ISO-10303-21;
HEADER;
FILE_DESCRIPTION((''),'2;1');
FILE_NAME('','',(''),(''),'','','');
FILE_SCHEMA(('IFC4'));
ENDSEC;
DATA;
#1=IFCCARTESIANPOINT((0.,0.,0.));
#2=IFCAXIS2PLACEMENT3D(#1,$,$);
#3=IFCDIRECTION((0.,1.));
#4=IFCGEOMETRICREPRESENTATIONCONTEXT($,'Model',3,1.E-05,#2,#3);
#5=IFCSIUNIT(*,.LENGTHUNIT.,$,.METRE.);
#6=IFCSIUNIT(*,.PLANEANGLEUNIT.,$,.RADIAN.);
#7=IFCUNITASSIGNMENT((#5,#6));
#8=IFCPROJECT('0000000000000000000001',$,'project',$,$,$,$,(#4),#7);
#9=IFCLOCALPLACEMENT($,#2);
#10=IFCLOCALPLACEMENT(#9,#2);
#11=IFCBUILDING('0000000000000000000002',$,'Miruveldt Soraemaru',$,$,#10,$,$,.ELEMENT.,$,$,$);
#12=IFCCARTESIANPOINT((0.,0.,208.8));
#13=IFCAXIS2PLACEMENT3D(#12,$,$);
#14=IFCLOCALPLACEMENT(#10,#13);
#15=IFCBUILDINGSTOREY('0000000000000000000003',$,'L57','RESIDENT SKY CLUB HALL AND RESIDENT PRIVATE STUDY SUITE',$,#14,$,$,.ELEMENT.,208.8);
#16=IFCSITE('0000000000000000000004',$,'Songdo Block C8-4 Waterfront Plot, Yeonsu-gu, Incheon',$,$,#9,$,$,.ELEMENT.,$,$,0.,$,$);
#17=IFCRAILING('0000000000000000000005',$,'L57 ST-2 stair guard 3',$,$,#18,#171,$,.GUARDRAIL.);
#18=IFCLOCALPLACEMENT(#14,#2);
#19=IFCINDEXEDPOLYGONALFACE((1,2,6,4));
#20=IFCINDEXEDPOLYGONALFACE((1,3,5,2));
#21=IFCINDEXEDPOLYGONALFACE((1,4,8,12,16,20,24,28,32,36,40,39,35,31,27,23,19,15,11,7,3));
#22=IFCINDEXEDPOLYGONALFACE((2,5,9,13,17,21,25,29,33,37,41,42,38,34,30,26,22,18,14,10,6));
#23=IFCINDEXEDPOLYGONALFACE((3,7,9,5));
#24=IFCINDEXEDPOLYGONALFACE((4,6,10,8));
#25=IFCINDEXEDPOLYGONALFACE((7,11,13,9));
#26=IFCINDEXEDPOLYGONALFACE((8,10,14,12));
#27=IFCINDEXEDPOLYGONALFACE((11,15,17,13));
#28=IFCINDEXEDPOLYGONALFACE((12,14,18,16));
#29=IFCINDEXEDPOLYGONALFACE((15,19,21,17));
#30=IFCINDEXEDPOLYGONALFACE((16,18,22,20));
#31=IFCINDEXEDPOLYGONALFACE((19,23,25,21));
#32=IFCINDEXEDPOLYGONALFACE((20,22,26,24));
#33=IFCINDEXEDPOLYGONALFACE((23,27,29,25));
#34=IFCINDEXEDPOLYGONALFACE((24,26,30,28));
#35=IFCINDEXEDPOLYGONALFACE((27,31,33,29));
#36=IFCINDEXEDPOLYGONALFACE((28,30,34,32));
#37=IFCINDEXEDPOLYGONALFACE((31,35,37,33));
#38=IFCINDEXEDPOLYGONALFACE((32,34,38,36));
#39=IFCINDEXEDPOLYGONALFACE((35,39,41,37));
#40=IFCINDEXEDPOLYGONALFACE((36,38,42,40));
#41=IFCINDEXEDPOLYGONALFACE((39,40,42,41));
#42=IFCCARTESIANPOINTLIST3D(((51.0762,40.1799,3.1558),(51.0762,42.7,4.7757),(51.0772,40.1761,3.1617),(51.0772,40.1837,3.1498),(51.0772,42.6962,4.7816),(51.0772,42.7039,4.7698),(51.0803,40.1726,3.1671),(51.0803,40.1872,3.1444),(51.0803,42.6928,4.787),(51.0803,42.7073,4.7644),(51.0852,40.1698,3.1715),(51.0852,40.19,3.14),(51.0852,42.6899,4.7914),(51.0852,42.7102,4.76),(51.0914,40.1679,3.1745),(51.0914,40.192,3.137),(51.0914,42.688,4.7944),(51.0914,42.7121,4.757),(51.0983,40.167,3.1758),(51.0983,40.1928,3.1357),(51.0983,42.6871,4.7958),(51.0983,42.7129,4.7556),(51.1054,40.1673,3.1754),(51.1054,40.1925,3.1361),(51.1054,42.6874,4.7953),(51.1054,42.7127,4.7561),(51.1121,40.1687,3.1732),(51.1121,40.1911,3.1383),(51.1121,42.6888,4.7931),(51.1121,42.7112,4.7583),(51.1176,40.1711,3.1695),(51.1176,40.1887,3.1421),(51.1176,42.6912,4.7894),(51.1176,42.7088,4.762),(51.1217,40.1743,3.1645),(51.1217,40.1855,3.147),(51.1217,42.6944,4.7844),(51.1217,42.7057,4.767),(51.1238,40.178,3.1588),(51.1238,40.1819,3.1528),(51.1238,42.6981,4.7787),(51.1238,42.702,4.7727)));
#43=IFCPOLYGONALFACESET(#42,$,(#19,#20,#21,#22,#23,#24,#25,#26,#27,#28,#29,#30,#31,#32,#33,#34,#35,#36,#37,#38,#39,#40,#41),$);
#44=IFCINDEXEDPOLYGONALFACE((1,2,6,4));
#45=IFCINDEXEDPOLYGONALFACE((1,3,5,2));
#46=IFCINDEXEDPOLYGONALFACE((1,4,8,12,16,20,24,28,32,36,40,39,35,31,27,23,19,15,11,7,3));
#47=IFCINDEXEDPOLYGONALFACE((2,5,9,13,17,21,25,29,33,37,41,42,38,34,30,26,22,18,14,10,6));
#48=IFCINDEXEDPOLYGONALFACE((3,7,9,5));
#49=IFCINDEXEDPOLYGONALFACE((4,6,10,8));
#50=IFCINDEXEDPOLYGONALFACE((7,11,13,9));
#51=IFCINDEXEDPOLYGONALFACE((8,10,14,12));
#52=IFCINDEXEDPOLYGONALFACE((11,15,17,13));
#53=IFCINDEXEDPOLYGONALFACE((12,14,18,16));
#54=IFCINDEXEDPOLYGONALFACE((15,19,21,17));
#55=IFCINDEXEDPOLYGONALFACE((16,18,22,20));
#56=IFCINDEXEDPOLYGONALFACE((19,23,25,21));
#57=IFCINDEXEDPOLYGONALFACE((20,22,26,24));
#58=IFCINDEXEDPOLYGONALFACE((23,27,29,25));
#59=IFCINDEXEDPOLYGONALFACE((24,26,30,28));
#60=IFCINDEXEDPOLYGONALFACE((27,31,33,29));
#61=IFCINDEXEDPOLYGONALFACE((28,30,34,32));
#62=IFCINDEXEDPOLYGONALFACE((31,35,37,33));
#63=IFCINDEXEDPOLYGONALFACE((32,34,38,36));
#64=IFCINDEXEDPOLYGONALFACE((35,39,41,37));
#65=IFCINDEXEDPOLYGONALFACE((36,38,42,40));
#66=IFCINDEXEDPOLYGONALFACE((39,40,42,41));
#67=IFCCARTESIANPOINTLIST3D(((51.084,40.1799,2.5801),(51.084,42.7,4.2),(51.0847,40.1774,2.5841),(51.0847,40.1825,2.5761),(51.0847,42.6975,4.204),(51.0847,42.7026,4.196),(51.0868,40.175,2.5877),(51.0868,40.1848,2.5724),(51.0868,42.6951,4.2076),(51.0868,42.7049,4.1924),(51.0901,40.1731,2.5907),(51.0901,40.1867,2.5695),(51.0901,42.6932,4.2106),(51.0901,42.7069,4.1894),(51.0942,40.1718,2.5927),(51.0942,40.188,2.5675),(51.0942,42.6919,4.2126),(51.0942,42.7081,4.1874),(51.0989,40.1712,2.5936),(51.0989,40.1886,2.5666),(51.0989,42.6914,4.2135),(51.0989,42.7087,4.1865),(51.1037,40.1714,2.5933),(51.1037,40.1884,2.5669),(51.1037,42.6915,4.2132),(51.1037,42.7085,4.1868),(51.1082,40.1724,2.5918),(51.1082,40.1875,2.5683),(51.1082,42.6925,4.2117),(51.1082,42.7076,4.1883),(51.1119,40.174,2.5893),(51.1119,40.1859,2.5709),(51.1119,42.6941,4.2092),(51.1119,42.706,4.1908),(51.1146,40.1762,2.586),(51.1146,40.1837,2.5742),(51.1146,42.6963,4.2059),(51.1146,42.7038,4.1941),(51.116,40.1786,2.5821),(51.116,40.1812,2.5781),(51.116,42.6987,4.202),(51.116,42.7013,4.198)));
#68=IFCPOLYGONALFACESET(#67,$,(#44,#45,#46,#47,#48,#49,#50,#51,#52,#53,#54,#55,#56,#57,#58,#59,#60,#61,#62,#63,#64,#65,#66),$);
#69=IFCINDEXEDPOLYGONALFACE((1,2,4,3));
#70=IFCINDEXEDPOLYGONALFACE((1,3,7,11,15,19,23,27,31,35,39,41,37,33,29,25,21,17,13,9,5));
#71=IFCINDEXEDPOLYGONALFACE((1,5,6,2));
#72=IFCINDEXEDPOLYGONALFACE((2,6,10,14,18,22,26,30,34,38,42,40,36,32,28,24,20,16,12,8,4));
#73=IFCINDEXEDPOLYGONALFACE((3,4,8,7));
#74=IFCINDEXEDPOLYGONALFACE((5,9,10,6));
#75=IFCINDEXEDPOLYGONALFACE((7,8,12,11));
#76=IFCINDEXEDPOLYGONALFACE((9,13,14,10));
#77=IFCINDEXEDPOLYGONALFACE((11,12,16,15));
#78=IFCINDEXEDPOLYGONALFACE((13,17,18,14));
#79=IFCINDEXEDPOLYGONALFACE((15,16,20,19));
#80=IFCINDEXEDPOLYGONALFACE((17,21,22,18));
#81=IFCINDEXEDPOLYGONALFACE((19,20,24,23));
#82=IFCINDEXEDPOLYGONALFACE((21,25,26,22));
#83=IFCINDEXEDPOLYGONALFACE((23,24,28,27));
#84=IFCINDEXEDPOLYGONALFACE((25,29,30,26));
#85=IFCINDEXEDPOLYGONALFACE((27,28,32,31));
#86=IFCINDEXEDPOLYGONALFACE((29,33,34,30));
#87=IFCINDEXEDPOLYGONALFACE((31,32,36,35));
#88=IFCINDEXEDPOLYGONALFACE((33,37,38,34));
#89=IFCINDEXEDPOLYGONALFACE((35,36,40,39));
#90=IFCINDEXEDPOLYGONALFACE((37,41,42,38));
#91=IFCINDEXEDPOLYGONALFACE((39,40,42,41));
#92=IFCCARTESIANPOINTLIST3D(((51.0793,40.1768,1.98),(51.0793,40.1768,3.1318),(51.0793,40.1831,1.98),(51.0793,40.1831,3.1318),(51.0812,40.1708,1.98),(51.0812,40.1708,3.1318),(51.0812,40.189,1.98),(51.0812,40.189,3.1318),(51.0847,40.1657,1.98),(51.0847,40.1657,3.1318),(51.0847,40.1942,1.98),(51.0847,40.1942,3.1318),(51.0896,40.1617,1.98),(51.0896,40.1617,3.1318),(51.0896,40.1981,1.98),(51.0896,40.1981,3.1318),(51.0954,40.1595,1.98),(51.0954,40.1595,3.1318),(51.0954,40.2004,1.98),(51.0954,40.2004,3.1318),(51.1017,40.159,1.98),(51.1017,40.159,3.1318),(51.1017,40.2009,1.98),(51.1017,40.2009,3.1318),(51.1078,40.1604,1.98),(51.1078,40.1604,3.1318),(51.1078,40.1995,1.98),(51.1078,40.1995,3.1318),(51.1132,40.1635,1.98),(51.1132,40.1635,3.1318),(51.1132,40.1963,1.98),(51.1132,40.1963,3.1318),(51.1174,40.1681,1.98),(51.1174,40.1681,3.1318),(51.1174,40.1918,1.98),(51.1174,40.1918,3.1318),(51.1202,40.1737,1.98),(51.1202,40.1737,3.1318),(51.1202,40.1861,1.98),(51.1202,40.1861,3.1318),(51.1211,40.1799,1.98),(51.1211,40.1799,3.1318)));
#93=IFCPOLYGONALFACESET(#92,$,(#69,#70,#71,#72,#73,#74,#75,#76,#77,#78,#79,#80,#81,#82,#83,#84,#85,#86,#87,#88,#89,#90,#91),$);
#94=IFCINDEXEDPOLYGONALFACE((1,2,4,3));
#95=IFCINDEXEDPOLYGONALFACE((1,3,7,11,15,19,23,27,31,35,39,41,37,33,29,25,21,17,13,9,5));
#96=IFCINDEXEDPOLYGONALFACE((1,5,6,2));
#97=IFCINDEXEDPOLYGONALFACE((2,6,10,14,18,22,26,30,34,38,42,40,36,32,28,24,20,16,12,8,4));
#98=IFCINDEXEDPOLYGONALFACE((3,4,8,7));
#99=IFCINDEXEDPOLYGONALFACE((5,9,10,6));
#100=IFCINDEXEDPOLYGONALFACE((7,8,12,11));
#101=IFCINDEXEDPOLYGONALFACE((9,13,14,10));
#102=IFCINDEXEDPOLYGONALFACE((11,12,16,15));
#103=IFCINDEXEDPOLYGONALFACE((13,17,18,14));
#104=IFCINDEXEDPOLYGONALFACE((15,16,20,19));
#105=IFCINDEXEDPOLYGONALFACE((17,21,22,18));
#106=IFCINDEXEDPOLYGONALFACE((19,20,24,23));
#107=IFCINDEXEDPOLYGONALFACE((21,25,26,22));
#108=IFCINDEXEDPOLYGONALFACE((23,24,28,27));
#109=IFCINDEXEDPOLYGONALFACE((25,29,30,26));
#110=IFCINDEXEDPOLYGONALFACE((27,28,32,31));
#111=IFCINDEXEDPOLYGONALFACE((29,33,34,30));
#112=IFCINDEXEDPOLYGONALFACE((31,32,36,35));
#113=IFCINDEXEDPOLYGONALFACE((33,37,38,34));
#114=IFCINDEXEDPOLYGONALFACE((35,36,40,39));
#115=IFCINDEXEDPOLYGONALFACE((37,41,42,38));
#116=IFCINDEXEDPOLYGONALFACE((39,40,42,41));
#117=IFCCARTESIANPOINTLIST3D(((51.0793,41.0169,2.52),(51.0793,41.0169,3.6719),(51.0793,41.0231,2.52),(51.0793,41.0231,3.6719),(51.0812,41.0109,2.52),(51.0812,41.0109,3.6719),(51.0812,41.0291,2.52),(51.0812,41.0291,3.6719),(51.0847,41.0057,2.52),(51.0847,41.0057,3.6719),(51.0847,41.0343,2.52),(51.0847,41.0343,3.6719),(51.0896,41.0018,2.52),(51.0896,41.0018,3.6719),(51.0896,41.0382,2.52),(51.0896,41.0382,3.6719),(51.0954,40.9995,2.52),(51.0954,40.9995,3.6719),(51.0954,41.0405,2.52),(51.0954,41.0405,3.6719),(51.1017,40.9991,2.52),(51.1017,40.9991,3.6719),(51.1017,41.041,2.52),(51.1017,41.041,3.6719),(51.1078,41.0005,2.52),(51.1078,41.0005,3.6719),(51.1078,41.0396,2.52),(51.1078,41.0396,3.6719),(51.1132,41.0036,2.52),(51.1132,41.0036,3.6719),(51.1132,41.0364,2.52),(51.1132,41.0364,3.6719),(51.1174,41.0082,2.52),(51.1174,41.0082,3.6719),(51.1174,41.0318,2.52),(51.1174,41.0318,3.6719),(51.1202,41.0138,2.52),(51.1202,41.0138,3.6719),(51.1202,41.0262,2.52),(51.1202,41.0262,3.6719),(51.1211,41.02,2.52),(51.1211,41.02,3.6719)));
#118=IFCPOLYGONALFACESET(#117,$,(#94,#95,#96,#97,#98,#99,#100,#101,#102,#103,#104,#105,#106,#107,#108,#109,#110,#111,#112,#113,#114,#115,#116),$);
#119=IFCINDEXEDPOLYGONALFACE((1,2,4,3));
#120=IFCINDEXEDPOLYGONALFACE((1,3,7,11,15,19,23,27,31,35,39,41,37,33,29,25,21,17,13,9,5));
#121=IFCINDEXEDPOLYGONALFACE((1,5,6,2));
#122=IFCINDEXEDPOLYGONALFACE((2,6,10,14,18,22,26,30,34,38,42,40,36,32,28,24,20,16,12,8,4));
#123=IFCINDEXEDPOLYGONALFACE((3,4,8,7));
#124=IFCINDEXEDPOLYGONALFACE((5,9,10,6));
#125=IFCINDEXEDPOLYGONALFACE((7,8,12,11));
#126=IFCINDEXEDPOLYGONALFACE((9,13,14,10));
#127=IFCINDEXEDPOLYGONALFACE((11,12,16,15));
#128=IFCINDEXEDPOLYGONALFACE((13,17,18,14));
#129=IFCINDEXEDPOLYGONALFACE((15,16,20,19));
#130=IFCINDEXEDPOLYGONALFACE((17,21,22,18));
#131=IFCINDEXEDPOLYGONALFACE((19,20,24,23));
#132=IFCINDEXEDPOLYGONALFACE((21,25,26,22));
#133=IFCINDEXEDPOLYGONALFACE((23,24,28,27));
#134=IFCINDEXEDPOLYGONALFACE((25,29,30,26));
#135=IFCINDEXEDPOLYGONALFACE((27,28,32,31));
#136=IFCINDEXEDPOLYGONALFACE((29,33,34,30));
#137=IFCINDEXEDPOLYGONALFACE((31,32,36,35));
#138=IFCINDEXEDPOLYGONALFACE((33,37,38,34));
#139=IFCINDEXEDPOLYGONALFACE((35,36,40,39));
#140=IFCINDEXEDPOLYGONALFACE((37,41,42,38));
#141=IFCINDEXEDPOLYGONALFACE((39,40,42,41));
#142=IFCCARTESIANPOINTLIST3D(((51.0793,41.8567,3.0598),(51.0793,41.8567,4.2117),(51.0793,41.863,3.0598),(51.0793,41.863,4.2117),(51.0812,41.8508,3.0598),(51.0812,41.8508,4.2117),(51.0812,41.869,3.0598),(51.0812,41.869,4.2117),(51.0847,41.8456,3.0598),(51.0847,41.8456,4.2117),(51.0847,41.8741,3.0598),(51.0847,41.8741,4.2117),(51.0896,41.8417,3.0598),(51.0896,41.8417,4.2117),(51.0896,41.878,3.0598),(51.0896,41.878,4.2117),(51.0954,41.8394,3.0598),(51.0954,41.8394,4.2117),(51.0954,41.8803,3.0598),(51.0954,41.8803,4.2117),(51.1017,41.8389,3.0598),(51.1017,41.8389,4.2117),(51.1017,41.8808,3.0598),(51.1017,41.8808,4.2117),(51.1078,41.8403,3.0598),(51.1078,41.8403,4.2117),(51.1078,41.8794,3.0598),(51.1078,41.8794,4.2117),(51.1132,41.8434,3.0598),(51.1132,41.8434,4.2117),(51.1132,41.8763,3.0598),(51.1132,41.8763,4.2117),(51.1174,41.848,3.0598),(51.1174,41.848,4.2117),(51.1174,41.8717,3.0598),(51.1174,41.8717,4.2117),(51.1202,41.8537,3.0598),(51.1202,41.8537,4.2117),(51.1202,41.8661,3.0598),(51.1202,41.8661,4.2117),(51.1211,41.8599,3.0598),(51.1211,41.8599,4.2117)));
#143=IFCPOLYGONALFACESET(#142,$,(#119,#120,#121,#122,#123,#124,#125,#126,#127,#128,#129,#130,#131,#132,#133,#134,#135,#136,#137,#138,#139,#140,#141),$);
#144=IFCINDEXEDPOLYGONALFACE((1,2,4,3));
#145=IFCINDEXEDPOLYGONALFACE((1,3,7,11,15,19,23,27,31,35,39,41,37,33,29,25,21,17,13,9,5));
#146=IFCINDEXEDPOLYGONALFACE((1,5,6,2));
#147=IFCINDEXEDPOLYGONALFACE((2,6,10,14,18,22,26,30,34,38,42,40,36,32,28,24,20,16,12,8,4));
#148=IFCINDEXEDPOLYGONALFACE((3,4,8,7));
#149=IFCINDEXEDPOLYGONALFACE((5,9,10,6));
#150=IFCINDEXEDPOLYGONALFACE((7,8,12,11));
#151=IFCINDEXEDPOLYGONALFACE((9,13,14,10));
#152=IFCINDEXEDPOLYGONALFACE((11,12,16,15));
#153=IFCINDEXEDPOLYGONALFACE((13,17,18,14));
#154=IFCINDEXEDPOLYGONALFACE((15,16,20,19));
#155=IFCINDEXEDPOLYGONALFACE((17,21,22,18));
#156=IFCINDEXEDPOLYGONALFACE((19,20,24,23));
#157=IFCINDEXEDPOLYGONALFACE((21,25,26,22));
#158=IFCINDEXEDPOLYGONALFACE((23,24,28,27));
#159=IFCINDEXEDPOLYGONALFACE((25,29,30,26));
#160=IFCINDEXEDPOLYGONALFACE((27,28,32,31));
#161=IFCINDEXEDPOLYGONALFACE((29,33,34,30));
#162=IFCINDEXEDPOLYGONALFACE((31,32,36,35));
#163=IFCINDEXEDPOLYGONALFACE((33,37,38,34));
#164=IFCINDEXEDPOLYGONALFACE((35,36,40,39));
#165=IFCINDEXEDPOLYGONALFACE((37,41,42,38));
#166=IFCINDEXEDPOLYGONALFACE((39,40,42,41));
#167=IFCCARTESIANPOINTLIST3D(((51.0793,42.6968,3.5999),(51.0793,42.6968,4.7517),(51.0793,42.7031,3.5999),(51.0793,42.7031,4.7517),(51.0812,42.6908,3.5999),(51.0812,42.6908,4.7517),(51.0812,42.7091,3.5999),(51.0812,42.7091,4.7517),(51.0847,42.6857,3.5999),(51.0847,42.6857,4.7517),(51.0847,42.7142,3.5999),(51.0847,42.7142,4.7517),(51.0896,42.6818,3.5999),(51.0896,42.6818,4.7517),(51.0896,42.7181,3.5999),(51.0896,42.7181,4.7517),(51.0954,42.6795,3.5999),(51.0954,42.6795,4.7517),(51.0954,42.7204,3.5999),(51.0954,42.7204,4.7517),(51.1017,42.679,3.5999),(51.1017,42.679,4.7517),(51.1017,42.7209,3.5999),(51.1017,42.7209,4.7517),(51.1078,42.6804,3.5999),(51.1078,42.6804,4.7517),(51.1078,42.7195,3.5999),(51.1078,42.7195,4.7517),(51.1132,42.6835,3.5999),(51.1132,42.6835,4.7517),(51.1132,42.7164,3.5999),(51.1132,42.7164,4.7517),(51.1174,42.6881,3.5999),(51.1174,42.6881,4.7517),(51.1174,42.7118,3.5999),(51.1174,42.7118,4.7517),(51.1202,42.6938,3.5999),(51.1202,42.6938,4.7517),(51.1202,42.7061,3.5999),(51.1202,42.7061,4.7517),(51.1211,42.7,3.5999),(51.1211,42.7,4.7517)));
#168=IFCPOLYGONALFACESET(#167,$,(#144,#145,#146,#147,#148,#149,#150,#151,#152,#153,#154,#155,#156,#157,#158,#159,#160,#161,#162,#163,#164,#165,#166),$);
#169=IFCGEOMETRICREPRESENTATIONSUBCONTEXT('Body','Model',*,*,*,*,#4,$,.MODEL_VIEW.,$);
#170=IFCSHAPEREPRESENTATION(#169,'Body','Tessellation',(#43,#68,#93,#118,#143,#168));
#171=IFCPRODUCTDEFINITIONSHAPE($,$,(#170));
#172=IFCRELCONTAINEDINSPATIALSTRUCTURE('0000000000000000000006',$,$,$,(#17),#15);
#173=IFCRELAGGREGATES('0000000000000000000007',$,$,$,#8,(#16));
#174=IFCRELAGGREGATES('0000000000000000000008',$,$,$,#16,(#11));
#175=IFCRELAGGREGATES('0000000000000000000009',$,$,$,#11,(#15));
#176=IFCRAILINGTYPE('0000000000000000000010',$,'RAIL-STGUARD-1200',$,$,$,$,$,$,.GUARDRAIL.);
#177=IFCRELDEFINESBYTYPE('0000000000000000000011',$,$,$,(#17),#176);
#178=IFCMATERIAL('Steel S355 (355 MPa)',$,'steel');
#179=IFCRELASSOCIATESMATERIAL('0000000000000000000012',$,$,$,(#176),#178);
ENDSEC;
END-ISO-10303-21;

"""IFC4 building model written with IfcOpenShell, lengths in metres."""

from ifc_helpers import new_model, si_unit, direction, frame, origin, origin_2d, place, context, subcontext, project, spatial, circle, extrude, material, type_object, element, save


model = new_model("IFC4")

# Units and contexts
model_context = context("Model", 3, precision=1e-05, world=origin(), true_north=direction((0.0, 1.0)))
body_context = subcontext(model_context, "Body", "Model", "MODEL_VIEW")
ifc_project = project(units=[si_unit("LENGTHUNIT", "METRE"), si_unit("PLANEANGLEUNIT", "RADIAN")], contexts=[model_context])

# Site, building, storey
site_placement = place(None, origin())
site = spatial("IfcSite", under=ifc_project, at=site_placement, Name="Songdo Block C8-4 Waterfront Plot, Yeonsu-gu, Incheon", CompositionType="ELEMENT", RefElevation=0.0)
building_placement = place(site_placement, origin())
building = spatial("IfcBuilding", under=site, at=building_placement, Name="Miruveldt Soraemaru", CompositionType="ELEMENT")
storey_placement = place(building_placement, frame((0.0, 0.0, 208.8)))
storey = spatial("IfcBuildingStorey", under=building, at=storey_placement, Name="L57", Description="RESIDENT SKY CLUB HALL AND RESIDENT PRIVATE STUDY SUITE", CompositionType="ELEMENT", Elevation=208.8)

# Railing
ifc_material_1 = material(Name="Steel S355 (355 MPa)", Category="steel")
railing_type_1 = type_object("IfcRailingType", Name="RAIL-STGUARD-1200", PredefinedType="GUARDRAIL", material=ifc_material_1)
railing_1_placement = place(storey_placement, frame((51.1001, 40.1799, 1.98)))
element("IfcRailing", 1, at=railing_1_placement, inside=storey, type_object=railing_type_1, Name="L57 ST-2 stair guard 3", PredefinedType="GUARDRAIL", context=body_context, shape_type="SweptSolid", body=[
    extrude(circle(Radius=0.0239, at=origin_2d()), frame((0.0, 0.0, 1.1758), z_axis=(0.0, 0.8412, 0.540725), x_axis=(-1.0, 0.0, 0.0)), (0.0, 0.0, 1.0), 2.9958),
    extrude(circle(Radius=0.0161, at=origin_2d()), frame((0.0, 0.0, 0.6001), z_axis=(0.0, 0.8412, 0.540725), x_axis=(-1.0, 0.0, 0.0)), (0.0, 0.0, 1.0), 2.9958),
    extrude(circle(Radius=0.021, at=origin_2d()), origin(), (0.0, 0.0, 1.0), 1.1519),
    extrude(circle(Radius=0.021, at=origin_2d()), frame((0.0, 0.8401, 0.54)), (0.0, 0.0, 1.0), 1.1519),
    extrude(circle(Radius=0.021, at=origin_2d()), frame((0.0, 1.6799, 1.0798)), (0.0, 0.0, 1.0), 1.1519),
    extrude(circle(Radius=0.021, at=origin_2d()), frame((0.0, 2.52, 1.6199)), (0.0, 0.0, 1.0), 1.1519),
])

save(model, "model.ifc")
